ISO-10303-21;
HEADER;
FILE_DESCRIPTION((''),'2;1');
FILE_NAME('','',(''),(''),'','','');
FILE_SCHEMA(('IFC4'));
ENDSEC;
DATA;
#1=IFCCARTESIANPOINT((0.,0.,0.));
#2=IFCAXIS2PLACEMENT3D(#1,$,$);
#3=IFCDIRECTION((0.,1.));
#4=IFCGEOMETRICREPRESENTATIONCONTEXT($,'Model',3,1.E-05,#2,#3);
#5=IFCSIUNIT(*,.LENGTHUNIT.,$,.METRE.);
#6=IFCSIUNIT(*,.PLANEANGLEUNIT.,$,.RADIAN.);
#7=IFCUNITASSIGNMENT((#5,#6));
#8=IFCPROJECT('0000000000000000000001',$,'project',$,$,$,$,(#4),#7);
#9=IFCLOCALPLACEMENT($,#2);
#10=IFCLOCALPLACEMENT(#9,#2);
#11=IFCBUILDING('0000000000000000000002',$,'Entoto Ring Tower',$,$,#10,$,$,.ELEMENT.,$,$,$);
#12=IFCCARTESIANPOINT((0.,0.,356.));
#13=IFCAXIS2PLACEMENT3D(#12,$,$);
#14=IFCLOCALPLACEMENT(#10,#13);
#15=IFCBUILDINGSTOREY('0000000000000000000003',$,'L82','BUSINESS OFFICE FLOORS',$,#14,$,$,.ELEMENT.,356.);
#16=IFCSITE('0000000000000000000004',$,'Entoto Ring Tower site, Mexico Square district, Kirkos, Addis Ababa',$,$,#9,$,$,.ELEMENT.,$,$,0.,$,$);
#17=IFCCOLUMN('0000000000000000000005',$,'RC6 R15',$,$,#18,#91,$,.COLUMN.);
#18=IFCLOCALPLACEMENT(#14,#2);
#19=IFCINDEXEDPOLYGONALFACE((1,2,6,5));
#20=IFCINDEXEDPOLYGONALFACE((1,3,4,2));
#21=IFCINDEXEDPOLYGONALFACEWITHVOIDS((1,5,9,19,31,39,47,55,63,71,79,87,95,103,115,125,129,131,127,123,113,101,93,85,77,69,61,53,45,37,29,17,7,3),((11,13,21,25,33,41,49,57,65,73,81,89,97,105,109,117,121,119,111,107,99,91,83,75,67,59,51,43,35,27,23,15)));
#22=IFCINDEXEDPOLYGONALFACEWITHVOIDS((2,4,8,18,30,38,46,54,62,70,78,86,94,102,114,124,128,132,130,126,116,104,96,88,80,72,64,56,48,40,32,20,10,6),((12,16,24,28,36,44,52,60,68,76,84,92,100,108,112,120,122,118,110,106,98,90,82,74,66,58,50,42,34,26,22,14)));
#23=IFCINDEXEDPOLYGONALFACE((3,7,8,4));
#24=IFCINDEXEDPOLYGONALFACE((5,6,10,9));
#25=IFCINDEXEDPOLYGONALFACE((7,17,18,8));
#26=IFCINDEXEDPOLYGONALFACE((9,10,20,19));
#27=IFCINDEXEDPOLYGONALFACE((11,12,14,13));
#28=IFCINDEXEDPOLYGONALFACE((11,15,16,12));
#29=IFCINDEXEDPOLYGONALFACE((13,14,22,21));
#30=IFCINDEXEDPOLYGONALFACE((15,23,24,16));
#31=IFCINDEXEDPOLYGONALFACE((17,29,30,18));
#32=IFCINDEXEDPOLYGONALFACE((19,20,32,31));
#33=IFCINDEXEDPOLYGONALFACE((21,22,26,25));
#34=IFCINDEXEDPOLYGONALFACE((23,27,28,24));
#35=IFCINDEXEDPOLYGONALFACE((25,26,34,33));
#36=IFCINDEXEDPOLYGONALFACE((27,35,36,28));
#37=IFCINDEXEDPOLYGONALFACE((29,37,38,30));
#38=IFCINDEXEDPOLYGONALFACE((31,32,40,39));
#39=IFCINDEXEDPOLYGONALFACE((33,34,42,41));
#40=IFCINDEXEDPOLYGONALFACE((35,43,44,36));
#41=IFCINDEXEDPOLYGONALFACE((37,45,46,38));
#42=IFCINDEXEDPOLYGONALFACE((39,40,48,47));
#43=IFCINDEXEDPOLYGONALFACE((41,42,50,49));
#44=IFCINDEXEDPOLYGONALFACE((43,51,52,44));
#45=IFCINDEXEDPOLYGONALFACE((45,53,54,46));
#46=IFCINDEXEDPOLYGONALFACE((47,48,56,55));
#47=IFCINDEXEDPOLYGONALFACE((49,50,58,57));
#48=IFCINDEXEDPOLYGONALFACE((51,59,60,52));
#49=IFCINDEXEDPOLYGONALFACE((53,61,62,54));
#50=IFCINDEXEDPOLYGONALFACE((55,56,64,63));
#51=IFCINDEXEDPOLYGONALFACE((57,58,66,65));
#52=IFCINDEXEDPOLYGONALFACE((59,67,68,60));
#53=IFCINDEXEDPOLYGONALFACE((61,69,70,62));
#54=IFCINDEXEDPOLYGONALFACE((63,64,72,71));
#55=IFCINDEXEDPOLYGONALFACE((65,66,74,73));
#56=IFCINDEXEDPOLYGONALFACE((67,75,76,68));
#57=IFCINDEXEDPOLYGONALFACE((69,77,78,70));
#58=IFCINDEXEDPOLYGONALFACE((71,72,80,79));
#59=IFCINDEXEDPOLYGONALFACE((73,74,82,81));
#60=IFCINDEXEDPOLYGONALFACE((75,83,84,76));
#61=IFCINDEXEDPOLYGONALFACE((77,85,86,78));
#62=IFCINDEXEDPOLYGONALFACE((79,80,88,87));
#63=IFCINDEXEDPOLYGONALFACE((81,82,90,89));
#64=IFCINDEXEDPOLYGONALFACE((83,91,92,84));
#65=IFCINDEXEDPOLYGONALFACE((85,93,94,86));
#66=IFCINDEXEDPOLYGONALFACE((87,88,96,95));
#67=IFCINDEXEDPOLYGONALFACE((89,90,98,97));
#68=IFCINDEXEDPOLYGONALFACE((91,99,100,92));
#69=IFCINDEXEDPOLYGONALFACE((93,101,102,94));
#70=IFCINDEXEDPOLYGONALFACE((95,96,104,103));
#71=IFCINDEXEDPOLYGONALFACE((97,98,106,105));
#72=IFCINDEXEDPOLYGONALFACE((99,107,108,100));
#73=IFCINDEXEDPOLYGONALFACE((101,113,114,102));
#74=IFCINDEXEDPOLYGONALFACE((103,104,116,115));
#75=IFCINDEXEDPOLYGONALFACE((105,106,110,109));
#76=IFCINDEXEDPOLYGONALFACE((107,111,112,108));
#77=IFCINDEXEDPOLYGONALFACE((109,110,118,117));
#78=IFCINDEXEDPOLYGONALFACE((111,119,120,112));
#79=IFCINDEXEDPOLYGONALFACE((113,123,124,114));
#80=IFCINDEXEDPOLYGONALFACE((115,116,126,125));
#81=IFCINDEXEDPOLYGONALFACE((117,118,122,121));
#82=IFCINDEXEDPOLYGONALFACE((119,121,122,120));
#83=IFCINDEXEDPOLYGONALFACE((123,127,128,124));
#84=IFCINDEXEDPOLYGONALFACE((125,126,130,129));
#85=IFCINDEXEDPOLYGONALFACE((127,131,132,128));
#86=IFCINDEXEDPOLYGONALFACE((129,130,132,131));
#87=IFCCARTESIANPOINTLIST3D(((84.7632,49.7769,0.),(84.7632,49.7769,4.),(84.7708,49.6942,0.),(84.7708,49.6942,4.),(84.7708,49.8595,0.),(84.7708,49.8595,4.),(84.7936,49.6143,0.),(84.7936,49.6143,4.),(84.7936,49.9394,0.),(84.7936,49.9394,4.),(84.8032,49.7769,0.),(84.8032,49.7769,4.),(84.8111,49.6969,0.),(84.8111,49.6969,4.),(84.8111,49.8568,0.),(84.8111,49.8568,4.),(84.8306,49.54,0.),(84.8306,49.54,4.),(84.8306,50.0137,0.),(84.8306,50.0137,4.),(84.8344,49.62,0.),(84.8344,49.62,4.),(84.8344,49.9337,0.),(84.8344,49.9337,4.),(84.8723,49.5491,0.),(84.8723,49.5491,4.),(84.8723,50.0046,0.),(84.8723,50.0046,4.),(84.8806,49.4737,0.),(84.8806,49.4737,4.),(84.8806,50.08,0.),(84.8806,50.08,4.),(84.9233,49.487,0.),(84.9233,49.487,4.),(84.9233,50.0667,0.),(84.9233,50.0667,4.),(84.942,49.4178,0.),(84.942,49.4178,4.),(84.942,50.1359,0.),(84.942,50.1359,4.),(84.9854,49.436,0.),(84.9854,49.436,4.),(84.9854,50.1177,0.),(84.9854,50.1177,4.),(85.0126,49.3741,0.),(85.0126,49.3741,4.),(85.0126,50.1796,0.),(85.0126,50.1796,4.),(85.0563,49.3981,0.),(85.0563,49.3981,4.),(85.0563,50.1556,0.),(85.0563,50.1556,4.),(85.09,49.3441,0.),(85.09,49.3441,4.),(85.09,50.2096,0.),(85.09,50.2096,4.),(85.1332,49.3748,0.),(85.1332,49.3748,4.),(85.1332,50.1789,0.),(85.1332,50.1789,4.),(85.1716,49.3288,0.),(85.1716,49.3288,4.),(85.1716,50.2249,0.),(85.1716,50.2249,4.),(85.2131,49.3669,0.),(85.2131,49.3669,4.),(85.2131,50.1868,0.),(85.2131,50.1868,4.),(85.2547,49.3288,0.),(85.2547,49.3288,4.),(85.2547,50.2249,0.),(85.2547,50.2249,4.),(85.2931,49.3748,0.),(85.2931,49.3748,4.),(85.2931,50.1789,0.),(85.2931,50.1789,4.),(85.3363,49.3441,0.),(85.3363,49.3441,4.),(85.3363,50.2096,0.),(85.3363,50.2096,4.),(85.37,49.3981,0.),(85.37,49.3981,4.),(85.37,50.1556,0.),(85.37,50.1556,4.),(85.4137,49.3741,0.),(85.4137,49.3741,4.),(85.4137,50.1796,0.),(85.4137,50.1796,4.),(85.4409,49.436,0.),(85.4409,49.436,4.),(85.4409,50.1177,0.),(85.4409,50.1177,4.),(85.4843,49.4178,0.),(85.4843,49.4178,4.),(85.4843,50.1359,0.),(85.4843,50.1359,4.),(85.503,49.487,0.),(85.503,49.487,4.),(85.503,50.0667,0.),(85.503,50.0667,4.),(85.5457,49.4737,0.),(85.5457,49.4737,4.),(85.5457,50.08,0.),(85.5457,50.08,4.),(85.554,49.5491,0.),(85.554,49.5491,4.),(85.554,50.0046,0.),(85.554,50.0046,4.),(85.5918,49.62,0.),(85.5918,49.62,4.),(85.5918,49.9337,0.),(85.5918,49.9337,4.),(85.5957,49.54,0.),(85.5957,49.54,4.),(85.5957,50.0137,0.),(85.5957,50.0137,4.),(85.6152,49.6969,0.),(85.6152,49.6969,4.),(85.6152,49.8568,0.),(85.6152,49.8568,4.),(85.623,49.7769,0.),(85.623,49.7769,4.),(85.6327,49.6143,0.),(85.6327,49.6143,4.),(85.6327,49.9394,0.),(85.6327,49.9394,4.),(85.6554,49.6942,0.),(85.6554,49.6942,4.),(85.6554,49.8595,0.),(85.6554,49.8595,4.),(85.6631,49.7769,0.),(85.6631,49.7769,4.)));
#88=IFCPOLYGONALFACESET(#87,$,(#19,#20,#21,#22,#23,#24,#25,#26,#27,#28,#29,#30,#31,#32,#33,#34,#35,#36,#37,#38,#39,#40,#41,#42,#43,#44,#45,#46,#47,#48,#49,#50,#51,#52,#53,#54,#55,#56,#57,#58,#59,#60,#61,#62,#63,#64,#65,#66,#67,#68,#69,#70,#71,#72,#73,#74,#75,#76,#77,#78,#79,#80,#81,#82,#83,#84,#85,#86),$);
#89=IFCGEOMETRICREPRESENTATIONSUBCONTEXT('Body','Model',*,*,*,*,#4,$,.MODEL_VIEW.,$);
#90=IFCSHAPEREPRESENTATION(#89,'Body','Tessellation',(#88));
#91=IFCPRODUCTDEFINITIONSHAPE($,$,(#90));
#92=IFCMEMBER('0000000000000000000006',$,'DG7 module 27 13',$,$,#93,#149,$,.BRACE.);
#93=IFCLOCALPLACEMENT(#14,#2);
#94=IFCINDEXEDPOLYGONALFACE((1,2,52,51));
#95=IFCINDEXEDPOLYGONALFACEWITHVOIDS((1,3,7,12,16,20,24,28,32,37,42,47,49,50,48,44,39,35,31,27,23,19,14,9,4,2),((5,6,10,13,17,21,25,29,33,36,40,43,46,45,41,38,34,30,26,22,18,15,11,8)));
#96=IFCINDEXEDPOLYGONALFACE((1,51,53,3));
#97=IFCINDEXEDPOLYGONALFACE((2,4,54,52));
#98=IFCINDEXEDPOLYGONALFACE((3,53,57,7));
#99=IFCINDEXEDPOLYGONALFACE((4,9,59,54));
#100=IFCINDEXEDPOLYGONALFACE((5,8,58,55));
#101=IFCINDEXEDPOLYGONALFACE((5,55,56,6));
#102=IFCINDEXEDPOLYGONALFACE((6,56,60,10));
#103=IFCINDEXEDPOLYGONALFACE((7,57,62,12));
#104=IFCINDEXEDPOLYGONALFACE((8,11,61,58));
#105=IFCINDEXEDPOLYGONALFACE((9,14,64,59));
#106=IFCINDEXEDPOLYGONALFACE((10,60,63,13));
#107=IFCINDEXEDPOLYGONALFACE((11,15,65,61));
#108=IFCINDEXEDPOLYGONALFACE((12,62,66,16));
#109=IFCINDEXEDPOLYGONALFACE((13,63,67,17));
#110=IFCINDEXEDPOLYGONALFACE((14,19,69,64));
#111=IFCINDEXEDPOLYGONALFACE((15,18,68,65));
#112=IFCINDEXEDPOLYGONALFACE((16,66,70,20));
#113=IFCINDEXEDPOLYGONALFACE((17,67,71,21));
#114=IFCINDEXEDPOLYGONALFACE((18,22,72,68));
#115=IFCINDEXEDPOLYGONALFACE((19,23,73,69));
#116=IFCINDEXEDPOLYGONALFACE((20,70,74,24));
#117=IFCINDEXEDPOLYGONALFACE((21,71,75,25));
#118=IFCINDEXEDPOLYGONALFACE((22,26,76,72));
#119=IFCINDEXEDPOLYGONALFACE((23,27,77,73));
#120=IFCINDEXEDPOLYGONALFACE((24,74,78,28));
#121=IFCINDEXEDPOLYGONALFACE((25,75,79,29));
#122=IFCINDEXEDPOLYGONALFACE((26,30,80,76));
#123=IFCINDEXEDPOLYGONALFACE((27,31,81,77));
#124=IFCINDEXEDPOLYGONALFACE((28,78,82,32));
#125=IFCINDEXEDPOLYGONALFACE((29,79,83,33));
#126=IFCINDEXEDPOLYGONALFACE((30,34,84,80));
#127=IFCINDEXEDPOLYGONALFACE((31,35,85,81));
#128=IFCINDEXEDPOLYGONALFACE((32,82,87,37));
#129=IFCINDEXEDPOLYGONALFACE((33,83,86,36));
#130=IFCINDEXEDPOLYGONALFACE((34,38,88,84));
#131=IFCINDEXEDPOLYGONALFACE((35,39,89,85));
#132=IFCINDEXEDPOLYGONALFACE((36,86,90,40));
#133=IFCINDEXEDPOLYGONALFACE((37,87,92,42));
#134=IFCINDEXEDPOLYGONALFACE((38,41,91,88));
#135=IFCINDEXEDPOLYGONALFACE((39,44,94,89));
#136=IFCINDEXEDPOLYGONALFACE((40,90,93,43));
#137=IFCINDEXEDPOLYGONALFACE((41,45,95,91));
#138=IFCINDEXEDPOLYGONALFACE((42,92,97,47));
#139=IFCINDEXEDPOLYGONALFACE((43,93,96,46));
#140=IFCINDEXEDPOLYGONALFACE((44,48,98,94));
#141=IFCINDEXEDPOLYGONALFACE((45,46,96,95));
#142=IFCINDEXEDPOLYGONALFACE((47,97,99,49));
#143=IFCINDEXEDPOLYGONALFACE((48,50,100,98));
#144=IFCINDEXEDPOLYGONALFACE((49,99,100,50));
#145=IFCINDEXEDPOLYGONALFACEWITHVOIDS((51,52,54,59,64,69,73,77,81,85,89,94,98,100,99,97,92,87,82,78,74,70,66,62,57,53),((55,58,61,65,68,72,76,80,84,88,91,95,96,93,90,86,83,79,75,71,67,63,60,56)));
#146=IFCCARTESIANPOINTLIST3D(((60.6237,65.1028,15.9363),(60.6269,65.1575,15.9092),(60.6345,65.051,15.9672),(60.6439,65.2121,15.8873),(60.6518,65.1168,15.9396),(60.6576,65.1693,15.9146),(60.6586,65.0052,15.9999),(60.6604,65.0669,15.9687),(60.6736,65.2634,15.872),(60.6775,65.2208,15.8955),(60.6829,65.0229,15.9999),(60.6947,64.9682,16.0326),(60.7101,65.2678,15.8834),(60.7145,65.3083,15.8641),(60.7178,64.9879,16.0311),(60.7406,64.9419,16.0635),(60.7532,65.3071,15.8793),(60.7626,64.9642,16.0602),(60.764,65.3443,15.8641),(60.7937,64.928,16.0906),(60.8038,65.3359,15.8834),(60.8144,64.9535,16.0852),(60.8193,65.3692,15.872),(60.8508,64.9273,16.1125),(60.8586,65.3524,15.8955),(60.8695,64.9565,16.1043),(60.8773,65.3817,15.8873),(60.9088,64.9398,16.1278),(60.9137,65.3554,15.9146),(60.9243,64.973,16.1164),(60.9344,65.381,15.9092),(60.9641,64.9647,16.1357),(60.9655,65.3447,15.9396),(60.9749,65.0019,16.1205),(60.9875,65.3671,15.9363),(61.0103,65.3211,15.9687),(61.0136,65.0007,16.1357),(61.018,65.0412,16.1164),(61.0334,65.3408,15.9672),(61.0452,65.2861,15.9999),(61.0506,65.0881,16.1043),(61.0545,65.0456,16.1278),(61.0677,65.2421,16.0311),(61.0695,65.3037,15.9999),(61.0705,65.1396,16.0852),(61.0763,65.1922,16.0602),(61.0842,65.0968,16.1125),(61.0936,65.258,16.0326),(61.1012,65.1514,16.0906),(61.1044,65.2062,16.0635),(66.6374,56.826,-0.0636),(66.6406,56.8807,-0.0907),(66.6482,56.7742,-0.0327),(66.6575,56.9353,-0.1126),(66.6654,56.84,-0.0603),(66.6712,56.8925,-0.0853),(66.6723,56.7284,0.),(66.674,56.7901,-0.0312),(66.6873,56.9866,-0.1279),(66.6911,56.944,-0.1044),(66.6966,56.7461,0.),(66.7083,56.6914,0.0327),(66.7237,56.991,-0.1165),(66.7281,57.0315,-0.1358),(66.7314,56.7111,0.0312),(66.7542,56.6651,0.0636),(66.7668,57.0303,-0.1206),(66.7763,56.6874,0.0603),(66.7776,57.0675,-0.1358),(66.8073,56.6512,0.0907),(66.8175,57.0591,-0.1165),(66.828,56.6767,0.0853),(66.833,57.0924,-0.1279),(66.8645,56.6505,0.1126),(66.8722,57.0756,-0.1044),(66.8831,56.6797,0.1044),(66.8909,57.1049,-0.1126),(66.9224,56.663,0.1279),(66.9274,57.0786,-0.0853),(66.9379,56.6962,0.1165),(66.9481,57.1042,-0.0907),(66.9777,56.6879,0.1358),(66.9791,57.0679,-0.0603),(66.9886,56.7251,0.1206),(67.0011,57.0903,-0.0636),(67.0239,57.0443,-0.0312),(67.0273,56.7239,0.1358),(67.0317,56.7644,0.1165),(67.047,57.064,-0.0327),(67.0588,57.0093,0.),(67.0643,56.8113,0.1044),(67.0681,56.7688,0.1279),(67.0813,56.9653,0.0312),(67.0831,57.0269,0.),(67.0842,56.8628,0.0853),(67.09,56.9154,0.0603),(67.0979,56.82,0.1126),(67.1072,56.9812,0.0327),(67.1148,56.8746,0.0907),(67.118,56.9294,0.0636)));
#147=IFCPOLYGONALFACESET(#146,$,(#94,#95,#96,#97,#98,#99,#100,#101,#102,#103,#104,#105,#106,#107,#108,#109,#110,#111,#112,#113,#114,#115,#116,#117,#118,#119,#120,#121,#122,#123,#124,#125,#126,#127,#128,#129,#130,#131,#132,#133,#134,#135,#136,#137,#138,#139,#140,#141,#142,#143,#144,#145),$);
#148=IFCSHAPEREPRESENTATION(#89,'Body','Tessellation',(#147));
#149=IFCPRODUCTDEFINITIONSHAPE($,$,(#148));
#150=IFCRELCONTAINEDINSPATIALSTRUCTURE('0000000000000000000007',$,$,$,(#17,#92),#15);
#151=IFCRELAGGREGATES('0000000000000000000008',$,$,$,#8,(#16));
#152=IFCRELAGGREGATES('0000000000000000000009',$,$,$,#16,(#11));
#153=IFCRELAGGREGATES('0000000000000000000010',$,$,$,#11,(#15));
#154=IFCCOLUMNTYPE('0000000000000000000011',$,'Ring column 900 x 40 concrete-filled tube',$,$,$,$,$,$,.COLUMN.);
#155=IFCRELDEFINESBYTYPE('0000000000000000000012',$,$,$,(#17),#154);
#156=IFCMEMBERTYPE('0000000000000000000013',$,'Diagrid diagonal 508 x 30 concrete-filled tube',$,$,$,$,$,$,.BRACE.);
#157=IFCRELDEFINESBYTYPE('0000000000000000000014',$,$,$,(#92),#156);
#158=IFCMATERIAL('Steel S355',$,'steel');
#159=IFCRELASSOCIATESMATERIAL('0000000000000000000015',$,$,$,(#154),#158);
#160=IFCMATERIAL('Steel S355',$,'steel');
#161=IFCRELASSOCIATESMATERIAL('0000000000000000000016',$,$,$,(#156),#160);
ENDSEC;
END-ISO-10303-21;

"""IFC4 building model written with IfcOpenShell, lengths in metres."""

from ifc_helpers import new_model, si_unit, direction, frame, origin, origin_2d, place, context, subcontext, project, spatial, circle, hollow_circle, extrude, material, material_profile, profile_set, type_object, element, save


model = new_model("IFC4")

# Units and contexts
model_context = context("Model", 3, precision=1e-05, world=origin(), true_north=direction((0.0, 1.0)))
body_context = subcontext(model_context, "Body", "Model", "MODEL_VIEW")
ifc_project = project(units=[si_unit("LENGTHUNIT", "METRE"), si_unit("PLANEANGLEUNIT", "RADIAN")], contexts=[model_context])

# Site, building, storey
site_placement = place(None, origin())
site = spatial("IfcSite", under=ifc_project, at=site_placement, Name="Entoto Ring Tower site, Mexico Square district, Kirkos, Addis Ababa", CompositionType="ELEMENT", RefElevation=0.0)
building_placement = place(site_placement, origin())
building = spatial("IfcBuilding", under=site, at=building_placement, Name="Entoto Ring Tower", CompositionType="ELEMENT")
storey_placement = place(building_placement, frame((0.0, 0.0, 356.0)))
storey = spatial("IfcBuildingStorey", under=building, at=storey_placement, Name="L82", Description="BUSINESS OFFICE FLOORS", CompositionType="ELEMENT", Elevation=356.0)

# Column
ifc_material_1 = material(Name="Steel S355", Category="steel")
ifc_material_profile_1 = material_profile(ifc_material_1, hollow_circle(Radius=0.45, WallThickness=0.04, at=origin_2d()), Name="CHS 900 x 40")
ifc_material_2 = material(Name="Concrete C60/75", Category="concrete")
ifc_material_profile_2 = material_profile(ifc_material_2, circle(Radius=0.4099, at=origin_2d()), Name="Concrete C60/75 infill")
ifc_profile_set_1 = profile_set([ifc_material_profile_1, ifc_material_profile_2], Name="Steel S355")
column_type = type_object("IfcColumnType", Name="Ring column 900 x 40 concrete-filled tube", PredefinedType="COLUMN", material=ifc_profile_set_1)
for number, where, z_axis, x_axis, name in (
    (1, (85.2131, 49.7769, 0.0), (0.0, 0.0, 1.0), (1.0, 0.0, 0.0), "RC6 R15"),
):
    element("IfcColumn", number, at=place(storey_placement, frame(where, z_axis=z_axis, x_axis=x_axis)), inside=storey, type_object=column_type, Name=name, PredefinedType="COLUMN", context=body_context, shape_type="SweptSolid", body=[
        extrude(hollow_circle(Radius=0.45, WallThickness=0.04, at=origin_2d()), origin(), (0.0, 0.0, 1.0), 4.0),
    ])

# Member
ifc_material_3 = material(Name="Steel S355", Category="steel")
ifc_material_profile_3 = material_profile(ifc_material_3, hollow_circle(Radius=0.2539, WallThickness=0.03, at=origin_2d()), Name="CHS 508 x 30")
ifc_material_4 = material(Name="Concrete C60/75", Category="concrete")
ifc_material_profile_4 = material_profile(ifc_material_4, circle(Radius=0.2241, at=origin_2d()), Name="Concrete C60/75 infill")
ifc_profile_set_2 = profile_set([ifc_material_profile_3, ifc_material_profile_4], Name="Steel S355")
member_type_1 = type_object("IfcMemberType", Name="Diagrid diagonal 508 x 30 concrete-filled tube", PredefinedType="BRACE", material=ifc_profile_set_2)
for number, where, z_axis, x_axis, name in (
    (2, (66.8777, 56.8777, 0.0), (-0.316654, 0.435823, 0.84249), (-0.809008, -0.587797, 0.0), "DG7 module 27 13"),
):
    element("IfcMember", number, at=place(storey_placement, frame(where, z_axis=z_axis, x_axis=x_axis)), inside=storey, type_object=member_type_1, Name=name, PredefinedType="BRACE", context=body_context, shape_type="SweptSolid", body=[
        extrude(hollow_circle(Radius=0.2539, WallThickness=0.03, at=origin_2d()), origin(), (0.0, 0.0, 1.0), 18.9912),
    ])

save(model, "model.ifc")
